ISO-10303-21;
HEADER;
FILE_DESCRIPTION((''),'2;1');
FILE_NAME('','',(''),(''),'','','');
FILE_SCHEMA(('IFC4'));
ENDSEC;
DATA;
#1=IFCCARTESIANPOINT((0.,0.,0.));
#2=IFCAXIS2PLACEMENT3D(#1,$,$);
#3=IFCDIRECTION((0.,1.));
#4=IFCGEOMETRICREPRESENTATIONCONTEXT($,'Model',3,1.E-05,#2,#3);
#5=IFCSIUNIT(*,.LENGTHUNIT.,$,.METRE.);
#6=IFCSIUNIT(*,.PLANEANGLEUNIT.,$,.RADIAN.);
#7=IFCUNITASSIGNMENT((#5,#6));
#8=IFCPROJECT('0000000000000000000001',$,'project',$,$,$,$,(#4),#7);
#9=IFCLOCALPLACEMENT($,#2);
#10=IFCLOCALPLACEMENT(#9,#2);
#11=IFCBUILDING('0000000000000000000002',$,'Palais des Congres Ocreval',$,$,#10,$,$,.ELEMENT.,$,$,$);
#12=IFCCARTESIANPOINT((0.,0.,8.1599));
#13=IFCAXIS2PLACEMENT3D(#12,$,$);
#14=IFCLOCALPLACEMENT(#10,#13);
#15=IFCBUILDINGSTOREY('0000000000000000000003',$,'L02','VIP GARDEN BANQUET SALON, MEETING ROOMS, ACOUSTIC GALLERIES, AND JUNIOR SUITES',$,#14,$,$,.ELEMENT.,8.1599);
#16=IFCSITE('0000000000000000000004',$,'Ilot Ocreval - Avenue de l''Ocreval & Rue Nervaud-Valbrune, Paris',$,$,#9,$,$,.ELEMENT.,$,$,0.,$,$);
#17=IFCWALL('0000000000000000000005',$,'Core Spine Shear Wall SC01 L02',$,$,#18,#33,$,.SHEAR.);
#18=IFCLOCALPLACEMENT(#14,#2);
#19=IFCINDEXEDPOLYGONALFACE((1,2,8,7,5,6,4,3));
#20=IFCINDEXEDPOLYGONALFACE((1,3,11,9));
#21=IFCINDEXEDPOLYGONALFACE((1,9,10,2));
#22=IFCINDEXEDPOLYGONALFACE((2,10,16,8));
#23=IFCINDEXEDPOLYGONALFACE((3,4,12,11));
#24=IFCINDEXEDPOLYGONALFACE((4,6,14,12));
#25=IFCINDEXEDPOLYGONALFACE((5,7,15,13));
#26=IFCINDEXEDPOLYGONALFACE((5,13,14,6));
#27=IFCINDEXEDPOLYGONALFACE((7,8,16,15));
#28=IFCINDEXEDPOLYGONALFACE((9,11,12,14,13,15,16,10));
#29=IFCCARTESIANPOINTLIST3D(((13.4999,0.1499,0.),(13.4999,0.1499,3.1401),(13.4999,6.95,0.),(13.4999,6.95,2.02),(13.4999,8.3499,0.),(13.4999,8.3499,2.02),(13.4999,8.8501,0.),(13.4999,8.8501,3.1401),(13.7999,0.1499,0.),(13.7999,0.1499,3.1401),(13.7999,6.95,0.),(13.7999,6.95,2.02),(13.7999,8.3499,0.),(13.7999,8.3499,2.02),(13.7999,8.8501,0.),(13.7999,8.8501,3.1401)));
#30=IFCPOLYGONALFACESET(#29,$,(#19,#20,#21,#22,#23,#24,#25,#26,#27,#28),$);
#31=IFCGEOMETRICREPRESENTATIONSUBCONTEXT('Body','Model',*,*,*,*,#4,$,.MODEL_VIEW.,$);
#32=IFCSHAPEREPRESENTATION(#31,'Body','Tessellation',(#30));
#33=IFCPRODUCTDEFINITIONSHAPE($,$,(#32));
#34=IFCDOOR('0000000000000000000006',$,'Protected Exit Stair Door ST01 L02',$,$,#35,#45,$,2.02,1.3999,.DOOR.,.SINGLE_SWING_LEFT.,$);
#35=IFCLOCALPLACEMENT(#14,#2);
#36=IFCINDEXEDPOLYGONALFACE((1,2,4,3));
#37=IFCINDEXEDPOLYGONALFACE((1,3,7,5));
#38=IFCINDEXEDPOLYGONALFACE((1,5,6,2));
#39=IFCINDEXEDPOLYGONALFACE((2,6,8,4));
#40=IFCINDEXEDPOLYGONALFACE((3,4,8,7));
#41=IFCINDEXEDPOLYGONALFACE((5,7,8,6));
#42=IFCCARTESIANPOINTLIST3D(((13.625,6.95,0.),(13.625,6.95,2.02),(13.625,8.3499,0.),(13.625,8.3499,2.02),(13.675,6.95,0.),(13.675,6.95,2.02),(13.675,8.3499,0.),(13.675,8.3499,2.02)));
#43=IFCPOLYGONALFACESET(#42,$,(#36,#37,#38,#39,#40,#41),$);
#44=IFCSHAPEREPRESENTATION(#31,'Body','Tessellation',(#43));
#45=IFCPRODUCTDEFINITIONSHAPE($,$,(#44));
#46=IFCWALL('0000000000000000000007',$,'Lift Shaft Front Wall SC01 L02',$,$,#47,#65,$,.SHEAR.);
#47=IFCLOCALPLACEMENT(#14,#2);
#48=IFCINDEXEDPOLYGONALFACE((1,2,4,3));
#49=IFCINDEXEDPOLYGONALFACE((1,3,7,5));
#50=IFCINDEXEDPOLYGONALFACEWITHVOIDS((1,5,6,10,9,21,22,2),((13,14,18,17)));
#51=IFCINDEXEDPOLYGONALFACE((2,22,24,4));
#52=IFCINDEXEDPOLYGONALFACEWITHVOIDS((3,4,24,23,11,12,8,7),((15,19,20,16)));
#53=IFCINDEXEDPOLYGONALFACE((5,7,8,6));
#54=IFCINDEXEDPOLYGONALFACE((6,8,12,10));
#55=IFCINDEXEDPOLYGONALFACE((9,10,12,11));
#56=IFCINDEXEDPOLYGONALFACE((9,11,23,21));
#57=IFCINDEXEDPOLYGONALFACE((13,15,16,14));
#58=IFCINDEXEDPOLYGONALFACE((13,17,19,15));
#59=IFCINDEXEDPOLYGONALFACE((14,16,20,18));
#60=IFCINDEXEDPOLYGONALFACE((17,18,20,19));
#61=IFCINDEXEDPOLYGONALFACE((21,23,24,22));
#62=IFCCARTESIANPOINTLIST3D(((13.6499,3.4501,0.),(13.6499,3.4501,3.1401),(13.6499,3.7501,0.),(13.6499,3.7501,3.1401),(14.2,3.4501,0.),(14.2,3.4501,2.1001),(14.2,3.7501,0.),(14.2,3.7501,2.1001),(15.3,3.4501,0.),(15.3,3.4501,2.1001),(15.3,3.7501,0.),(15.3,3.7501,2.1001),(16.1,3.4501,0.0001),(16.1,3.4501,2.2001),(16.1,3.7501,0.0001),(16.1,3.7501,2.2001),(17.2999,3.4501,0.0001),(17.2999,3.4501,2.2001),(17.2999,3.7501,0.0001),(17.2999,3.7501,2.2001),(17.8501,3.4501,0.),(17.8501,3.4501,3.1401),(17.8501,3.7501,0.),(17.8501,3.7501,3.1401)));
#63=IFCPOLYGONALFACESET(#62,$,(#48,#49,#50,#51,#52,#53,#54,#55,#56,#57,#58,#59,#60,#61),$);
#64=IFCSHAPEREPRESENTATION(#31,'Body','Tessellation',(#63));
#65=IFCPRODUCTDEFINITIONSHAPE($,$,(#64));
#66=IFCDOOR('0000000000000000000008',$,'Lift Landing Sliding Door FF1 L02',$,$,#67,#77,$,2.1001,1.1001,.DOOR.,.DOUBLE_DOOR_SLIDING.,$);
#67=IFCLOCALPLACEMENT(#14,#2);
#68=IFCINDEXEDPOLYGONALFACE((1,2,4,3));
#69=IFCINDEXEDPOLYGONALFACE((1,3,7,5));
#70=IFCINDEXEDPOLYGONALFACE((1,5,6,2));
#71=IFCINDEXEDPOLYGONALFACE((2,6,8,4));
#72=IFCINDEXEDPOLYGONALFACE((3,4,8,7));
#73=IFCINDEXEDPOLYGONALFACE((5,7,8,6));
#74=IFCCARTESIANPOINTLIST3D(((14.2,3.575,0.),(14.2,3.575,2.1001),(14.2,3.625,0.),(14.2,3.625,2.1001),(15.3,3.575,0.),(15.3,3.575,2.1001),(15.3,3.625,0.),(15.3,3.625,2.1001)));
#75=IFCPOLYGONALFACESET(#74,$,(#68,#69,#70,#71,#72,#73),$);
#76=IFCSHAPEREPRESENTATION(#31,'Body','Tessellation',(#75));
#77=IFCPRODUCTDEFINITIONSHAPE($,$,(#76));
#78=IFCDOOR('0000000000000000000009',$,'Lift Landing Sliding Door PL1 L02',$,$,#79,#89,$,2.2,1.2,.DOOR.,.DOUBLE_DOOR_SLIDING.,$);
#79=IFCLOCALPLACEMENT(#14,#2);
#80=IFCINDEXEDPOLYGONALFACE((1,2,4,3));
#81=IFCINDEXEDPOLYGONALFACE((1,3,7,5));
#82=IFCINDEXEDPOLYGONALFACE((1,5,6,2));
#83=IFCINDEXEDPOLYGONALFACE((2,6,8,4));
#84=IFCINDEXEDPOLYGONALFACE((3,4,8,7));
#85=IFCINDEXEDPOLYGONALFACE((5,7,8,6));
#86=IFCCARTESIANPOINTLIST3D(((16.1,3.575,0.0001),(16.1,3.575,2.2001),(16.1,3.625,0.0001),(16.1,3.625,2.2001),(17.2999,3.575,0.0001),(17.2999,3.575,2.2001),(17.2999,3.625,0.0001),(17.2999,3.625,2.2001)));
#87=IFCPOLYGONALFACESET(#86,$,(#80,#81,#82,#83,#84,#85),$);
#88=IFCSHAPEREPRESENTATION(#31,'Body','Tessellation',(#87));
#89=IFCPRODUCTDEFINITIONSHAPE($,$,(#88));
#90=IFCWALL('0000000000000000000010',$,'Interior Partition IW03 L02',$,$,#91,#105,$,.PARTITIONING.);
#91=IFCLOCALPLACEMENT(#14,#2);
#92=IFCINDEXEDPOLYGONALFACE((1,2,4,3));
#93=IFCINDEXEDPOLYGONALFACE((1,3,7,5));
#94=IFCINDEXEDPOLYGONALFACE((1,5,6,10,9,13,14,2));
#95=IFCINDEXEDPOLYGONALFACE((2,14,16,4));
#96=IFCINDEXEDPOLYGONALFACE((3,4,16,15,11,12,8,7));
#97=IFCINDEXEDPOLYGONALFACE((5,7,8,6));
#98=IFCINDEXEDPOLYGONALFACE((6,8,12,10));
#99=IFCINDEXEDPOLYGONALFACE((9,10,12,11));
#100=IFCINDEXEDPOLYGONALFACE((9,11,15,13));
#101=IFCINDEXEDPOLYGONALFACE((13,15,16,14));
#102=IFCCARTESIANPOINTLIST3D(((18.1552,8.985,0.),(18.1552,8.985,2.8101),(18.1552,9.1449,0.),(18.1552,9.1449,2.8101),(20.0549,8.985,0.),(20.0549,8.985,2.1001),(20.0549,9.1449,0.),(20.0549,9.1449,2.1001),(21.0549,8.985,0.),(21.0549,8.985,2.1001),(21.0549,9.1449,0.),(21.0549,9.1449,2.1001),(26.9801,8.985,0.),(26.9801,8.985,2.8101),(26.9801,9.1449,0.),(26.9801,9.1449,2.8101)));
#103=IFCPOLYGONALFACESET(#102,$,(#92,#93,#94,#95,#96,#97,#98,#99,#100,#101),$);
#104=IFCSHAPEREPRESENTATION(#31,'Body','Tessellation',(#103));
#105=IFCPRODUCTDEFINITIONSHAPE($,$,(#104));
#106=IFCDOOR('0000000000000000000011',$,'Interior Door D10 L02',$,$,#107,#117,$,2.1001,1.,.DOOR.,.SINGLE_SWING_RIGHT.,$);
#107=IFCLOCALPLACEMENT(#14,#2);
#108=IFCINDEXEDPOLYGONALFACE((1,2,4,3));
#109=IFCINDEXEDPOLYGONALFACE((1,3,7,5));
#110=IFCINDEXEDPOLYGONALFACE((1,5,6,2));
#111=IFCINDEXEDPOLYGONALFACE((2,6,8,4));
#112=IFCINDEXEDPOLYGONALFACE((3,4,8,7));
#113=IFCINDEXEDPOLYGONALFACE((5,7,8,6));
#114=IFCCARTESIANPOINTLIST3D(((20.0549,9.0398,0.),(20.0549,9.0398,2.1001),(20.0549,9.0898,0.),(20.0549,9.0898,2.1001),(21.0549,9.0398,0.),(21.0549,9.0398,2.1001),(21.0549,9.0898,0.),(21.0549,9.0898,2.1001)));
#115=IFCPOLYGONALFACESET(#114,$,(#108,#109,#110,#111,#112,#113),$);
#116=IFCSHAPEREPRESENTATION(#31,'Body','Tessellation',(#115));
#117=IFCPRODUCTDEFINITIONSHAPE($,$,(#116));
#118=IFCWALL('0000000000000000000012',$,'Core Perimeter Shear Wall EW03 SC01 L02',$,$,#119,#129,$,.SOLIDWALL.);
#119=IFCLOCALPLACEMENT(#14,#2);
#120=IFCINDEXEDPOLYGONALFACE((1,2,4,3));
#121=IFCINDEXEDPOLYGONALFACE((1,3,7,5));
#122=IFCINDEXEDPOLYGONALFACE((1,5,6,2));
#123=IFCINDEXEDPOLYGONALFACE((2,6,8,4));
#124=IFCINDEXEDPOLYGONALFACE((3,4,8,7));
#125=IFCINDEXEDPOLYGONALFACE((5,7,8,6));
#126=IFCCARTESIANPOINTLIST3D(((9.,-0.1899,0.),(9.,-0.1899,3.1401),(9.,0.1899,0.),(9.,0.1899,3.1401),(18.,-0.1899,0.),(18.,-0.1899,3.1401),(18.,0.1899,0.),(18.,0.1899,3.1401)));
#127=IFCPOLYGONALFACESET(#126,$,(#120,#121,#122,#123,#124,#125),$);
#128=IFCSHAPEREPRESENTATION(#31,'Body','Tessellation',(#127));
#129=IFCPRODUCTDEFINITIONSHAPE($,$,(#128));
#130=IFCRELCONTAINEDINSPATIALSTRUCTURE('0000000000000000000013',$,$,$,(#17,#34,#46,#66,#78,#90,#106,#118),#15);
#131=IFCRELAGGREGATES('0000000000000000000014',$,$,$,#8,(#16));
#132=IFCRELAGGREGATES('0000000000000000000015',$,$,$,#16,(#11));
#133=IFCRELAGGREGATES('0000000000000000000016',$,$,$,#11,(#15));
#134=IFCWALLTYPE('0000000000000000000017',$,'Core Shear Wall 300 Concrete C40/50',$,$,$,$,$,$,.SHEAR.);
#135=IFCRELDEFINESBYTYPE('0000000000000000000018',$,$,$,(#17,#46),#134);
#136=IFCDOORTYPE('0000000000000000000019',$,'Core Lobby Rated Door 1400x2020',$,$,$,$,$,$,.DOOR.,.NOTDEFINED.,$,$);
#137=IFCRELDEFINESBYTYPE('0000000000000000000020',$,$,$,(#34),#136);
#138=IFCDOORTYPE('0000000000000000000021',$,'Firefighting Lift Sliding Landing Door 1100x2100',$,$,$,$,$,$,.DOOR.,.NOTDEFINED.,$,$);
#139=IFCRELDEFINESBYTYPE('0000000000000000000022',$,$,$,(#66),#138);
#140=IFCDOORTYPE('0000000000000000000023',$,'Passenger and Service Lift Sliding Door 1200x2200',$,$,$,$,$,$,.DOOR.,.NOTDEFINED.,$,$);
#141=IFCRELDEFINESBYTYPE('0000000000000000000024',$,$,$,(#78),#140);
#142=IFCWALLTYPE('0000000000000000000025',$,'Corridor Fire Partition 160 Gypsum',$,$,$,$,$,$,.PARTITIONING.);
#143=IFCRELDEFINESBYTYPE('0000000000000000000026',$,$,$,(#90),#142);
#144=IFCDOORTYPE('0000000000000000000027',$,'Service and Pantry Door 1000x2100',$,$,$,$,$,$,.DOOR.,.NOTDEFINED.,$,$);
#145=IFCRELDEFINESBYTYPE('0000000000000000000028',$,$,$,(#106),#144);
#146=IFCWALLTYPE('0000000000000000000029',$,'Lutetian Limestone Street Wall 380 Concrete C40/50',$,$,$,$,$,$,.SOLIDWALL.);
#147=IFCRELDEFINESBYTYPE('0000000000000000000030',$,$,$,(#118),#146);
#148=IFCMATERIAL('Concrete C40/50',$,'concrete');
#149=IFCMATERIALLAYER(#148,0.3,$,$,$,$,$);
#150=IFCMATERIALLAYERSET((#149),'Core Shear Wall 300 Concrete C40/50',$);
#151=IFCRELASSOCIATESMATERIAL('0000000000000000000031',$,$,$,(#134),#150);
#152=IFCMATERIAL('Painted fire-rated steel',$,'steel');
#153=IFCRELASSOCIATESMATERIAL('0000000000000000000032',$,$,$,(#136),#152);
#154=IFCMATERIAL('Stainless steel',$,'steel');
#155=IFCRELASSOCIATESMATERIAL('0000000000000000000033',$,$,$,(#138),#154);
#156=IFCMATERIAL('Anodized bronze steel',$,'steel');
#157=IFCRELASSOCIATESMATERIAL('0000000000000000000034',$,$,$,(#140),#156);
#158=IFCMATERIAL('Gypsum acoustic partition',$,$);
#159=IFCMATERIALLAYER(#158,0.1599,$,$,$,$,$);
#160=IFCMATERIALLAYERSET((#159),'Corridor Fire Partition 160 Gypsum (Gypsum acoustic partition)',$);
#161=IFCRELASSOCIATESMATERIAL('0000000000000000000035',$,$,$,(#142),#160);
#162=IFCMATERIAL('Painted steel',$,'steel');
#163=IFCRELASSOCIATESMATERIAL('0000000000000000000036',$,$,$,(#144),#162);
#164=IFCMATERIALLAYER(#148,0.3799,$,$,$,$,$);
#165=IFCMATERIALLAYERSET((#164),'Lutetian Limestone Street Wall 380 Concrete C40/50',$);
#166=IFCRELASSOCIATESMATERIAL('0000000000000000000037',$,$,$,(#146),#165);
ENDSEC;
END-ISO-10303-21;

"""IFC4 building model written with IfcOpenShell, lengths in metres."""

from ifc_helpers import new_model, si_unit, direction, frame, frame_2d, origin, place, context, subcontext, project, spatial, rectangle, extrude, material, layer, layer_set, type_object, element, fill, save


model = new_model("IFC4")

# Units and contexts
model_context = context("Model", 3, precision=1e-05, world=origin(), true_north=direction((0.0, 1.0)))
body_context = subcontext(model_context, "Body", "Model", "MODEL_VIEW")
ifc_project = project(units=[si_unit("LENGTHUNIT", "METRE"), si_unit("PLANEANGLEUNIT", "RADIAN")], contexts=[model_context])

# Site, building, storey
site_placement = place(None, origin())
site = spatial("IfcSite", under=ifc_project, at=site_placement, Name="Ilot Ocreval - Avenue de l'Ocreval & Rue Nervaud-Valbrune, Paris", CompositionType="ELEMENT", RefElevation=0.0)
building_placement = place(site_placement, origin())
building = spatial("IfcBuilding", under=site, at=building_placement, Name="Palais des Congres Ocreval", CompositionType="ELEMENT")
storey_placement = place(building_placement, frame((0.0, 0.0, 8.1599)))
storey = spatial("IfcBuildingStorey", under=building, at=storey_placement, Name="L02", Description="VIP GARDEN BANQUET SALON, MEETING ROOMS, ACOUSTIC GALLERIES, AND JUNIOR SUITES", CompositionType="ELEMENT", Elevation=8.1599)

# Shared definitions
ifc_material_1 = material(Name="Concrete C40/50", Category="concrete")

# Shared definitions
ifc_layer_1 = layer(ifc_material_1, 0.3)
ifc_layer_set_1 = layer_set([ifc_layer_1], Name="Core Shear Wall 300 Concrete C40/50")
wall_type_1 = type_object("IfcWallType", Name="Core Shear Wall 300 Concrete C40/50", PredefinedType="SHEAR", material=ifc_layer_set_1)

# Wall, opening, door
wall_1_placement = place(storey_placement, frame((13.6499, 0.1499, 0.0), z_axis=(0.0, 0.0, 1.0), x_axis=(0.0, 1.0, 0.0)))
wall_1 = element("IfcWall", 1, at=wall_1_placement, inside=storey, type_object=wall_type_1, Name="Core Spine Shear Wall SC01 L02", PredefinedType="SHEAR", context=body_context, shape_type="SweptSolid", body=[
    extrude(rectangle(XDim=8.7002, YDim=0.3, at=frame_2d((4.3501, 0.0))), origin(), (0.0, 0.0, 1.0), 3.1401),
])
opening_1_placement = place(wall_1_placement, frame((6.8, 0.0, 0.0)))
opening_1 = element("IfcOpeningElement", 2, at=opening_1_placement, cuts=wall_1, PredefinedType="OPENING", context=body_context, shape_type="SweptSolid", body=[
    extrude(rectangle(XDim=1.3999, YDim=2.02, at=frame_2d((0.7, 1.01))), frame((0.0, 0.1599, 0.0), z_axis=(0.0, -1.0, 0.0), x_axis=(1.0, 0.0, 0.0)), (0.0, 0.0, 1.0), 0.3201),
])
ifc_material_2 = material(Name="Painted fire-rated steel", Category="steel")
door_type_1 = type_object("IfcDoorType", Name="Core Lobby Rated Door 1400x2020", OperationType="NOTDEFINED", PredefinedType="DOOR", material=ifc_material_2)
door_1_placement = place(opening_1_placement, origin())
door_1 = element("IfcDoor", 3, at=door_1_placement, inside=storey, type_object=door_type_1, Name="Protected Exit Stair Door ST01 L02", OperationType="SINGLE_SWING_LEFT", OverallHeight=2.02, OverallWidth=1.3999, PredefinedType="DOOR", context=body_context, shape_type="SweptSolid", body=[
    extrude(rectangle(XDim=1.3999, YDim=2.02, at=frame_2d((0.7, 1.01))), frame((0.0, 0.0249, 0.0), z_axis=(0.0, -1.0, 0.0), x_axis=(1.0, 0.0, 0.0)), (0.0, 0.0, 1.0), 0.05),
])
fill(opening_1, door_1)

# Wall, openings, doors
wall_2_placement = place(storey_placement, frame((13.6499, 3.6001, 0.0), z_axis=(0.0, 0.0, 1.0), x_axis=(1.0, 0.0, 0.0)))
wall_2 = element("IfcWall", 4, at=wall_2_placement, inside=storey, type_object=wall_type_1, Name="Lift Shaft Front Wall SC01 L02", PredefinedType="SHEAR", context=body_context, shape_type="SweptSolid", body=[
    extrude(rectangle(XDim=4.2002, YDim=0.3, at=frame_2d((2.1001, 0.0))), origin(), (0.0, 0.0, 1.0), 3.1401),
])
opening_2_placement = place(wall_2_placement, frame((0.55, 0.0, 0.0)))
opening_2 = element("IfcOpeningElement", 5, at=opening_2_placement, cuts=wall_2, PredefinedType="OPENING", context=body_context, shape_type="SweptSolid", body=[
    extrude(rectangle(XDim=1.1001, YDim=2.1001, at=frame_2d((0.55, 1.05))), frame((0.0, 0.1599, 0.0), z_axis=(0.0, -1.0, 0.0), x_axis=(1.0, 0.0, 0.0)), (0.0, 0.0, 1.0), 0.3201),
])
opening_3_placement = place(wall_2_placement, frame((2.45, 0.0, 0.0)))
opening_3 = element("IfcOpeningElement", 6, at=opening_3_placement, cuts=wall_2, PredefinedType="OPENING", context=body_context, shape_type="SweptSolid", body=[
    extrude(rectangle(XDim=1.2, YDim=2.2, at=frame_2d((0.6001, 1.1001))), frame((0.0, 0.1599, 0.0), z_axis=(0.0, -1.0, 0.0), x_axis=(1.0, 0.0, 0.0)), (0.0, 0.0, 1.0), 0.3201),
])
ifc_material_3 = material(Name="Stainless steel", Category="steel")
door_type_2 = type_object("IfcDoorType", Name="Firefighting Lift Sliding Landing Door 1100x2100", OperationType="NOTDEFINED", PredefinedType="DOOR", material=ifc_material_3)
door_2_placement = place(opening_2_placement, origin())
door_2 = element("IfcDoor", 7, at=door_2_placement, inside=storey, type_object=door_type_2, Name="Lift Landing Sliding Door FF1 L02", OperationType="DOUBLE_DOOR_SLIDING", OverallHeight=2.1001, OverallWidth=1.1001, PredefinedType="DOOR", context=body_context, shape_type="SweptSolid", body=[
    extrude(rectangle(XDim=1.1001, YDim=2.1001, at=frame_2d((0.55, 1.05))), frame((0.0, 0.0249, 0.0), z_axis=(0.0, -1.0, 0.0), x_axis=(1.0, 0.0, 0.0)), (0.0, 0.0, 1.0), 0.05),
])
fill(opening_2, door_2)
ifc_material_4 = material(Name="Anodized bronze steel", Category="steel")
door_type_3 = type_object("IfcDoorType", Name="Passenger and Service Lift Sliding Door 1200x2200", OperationType="NOTDEFINED", PredefinedType="DOOR", material=ifc_material_4)
door_3_placement = place(opening_3_placement, origin())
door_3 = element("IfcDoor", 8, at=door_3_placement, inside=storey, type_object=door_type_3, Name="Lift Landing Sliding Door PL1 L02", OperationType="DOUBLE_DOOR_SLIDING", OverallHeight=2.2, OverallWidth=1.2, PredefinedType="DOOR", context=body_context, shape_type="SweptSolid", body=[
    extrude(rectangle(XDim=1.2, YDim=2.2, at=frame_2d((0.6001, 1.1001))), frame((0.0, 0.0249, 0.0), z_axis=(0.0, -1.0, 0.0), x_axis=(1.0, 0.0, 0.0)), (0.0, 0.0, 1.0), 0.05),
])
fill(opening_3, door_3)

# Wall, opening, door
ifc_material_5 = material(Name="Gypsum acoustic partition")
ifc_layer_2 = layer(ifc_material_5, 0.1599)
ifc_layer_set_2 = layer_set([ifc_layer_2], Name="Corridor Fire Partition 160 Gypsum (Gypsum acoustic partition)")
wall_type_2 = type_object("IfcWallType", Name="Corridor Fire Partition 160 Gypsum", PredefinedType="PARTITIONING", material=ifc_layer_set_2)
wall_3_placement = place(storey_placement, frame((18.155, 9.0649, 0.0), z_axis=(0.0, 0.0, 1.0), x_axis=(1.0, 0.0, 0.0)))
wall_3 = element("IfcWall", 9, at=wall_3_placement, inside=storey, type_object=wall_type_2, Name="Interior Partition IW03 L02", PredefinedType="PARTITIONING", context=body_context, shape_type="SweptSolid", body=[
    extrude(rectangle(XDim=8.825, YDim=0.1599, at=frame_2d((4.4126, 0.0))), origin(), (0.0, 0.0, 1.0), 2.8101),
])
opening_4_placement = place(wall_3_placement, frame((1.8999, 0.0, 0.0)))
opening_4 = element("IfcOpeningElement", 10, at=opening_4_placement, cuts=wall_3, PredefinedType="OPENING", context=body_context, shape_type="SweptSolid", body=[
    extrude(rectangle(XDim=1.0, YDim=2.1001, at=frame_2d((0.5, 1.05))), frame((0.0, 0.0898, 0.0), z_axis=(0.0, -1.0, 0.0), x_axis=(1.0, 0.0, 0.0)), (0.0, 0.0, 1.0), 0.1799),
])
ifc_material_6 = material(Name="Painted steel", Category="steel")
door_type_4 = type_object("IfcDoorType", Name="Service and Pantry Door 1000x2100", OperationType="NOTDEFINED", PredefinedType="DOOR", material=ifc_material_6)
door_4_placement = place(opening_4_placement, origin())
door_4 = element("IfcDoor", 11, at=door_4_placement, inside=storey, type_object=door_type_4, Name="Interior Door D10 L02", OperationType="SINGLE_SWING_RIGHT", OverallHeight=2.1001, OverallWidth=1.0, PredefinedType="DOOR", context=body_context, shape_type="SweptSolid", body=[
    extrude(rectangle(XDim=1.0, YDim=2.1001, at=frame_2d((0.5, 1.05))), frame((0.0, 0.0249, 0.0), z_axis=(0.0, -1.0, 0.0), x_axis=(1.0, 0.0, 0.0)), (0.0, 0.0, 1.0), 0.05),
])
fill(opening_4, door_4)

# Wall
ifc_layer_3 = layer(ifc_material_1, 0.3799)
ifc_layer_set_3 = layer_set([ifc_layer_3], Name="Lutetian Limestone Street Wall 380 Concrete C40/50")
wall_type_3 = type_object("IfcWallType", Name="Lutetian Limestone Street Wall 380 Concrete C40/50", PredefinedType="SOLIDWALL", material=ifc_layer_set_3)
wall_4_placement = place(storey_placement, frame((18.0, 0.0, 0.0), z_axis=(0.0, 0.0, 1.0), x_axis=(-1.0, 0.0, 0.0)))
element("IfcWall", 12, at=wall_4_placement, inside=storey, type_object=wall_type_3, Name="Core Perimeter Shear Wall EW03 SC01 L02", PredefinedType="SOLIDWALL", context=body_context, shape_type="SweptSolid", body=[
    extrude(rectangle(XDim=9.0, YDim=0.3799, at=frame_2d((4.5, 0.0))), origin(), (0.0, 0.0, 1.0), 3.1401),
])

save(model, "model.ifc")
